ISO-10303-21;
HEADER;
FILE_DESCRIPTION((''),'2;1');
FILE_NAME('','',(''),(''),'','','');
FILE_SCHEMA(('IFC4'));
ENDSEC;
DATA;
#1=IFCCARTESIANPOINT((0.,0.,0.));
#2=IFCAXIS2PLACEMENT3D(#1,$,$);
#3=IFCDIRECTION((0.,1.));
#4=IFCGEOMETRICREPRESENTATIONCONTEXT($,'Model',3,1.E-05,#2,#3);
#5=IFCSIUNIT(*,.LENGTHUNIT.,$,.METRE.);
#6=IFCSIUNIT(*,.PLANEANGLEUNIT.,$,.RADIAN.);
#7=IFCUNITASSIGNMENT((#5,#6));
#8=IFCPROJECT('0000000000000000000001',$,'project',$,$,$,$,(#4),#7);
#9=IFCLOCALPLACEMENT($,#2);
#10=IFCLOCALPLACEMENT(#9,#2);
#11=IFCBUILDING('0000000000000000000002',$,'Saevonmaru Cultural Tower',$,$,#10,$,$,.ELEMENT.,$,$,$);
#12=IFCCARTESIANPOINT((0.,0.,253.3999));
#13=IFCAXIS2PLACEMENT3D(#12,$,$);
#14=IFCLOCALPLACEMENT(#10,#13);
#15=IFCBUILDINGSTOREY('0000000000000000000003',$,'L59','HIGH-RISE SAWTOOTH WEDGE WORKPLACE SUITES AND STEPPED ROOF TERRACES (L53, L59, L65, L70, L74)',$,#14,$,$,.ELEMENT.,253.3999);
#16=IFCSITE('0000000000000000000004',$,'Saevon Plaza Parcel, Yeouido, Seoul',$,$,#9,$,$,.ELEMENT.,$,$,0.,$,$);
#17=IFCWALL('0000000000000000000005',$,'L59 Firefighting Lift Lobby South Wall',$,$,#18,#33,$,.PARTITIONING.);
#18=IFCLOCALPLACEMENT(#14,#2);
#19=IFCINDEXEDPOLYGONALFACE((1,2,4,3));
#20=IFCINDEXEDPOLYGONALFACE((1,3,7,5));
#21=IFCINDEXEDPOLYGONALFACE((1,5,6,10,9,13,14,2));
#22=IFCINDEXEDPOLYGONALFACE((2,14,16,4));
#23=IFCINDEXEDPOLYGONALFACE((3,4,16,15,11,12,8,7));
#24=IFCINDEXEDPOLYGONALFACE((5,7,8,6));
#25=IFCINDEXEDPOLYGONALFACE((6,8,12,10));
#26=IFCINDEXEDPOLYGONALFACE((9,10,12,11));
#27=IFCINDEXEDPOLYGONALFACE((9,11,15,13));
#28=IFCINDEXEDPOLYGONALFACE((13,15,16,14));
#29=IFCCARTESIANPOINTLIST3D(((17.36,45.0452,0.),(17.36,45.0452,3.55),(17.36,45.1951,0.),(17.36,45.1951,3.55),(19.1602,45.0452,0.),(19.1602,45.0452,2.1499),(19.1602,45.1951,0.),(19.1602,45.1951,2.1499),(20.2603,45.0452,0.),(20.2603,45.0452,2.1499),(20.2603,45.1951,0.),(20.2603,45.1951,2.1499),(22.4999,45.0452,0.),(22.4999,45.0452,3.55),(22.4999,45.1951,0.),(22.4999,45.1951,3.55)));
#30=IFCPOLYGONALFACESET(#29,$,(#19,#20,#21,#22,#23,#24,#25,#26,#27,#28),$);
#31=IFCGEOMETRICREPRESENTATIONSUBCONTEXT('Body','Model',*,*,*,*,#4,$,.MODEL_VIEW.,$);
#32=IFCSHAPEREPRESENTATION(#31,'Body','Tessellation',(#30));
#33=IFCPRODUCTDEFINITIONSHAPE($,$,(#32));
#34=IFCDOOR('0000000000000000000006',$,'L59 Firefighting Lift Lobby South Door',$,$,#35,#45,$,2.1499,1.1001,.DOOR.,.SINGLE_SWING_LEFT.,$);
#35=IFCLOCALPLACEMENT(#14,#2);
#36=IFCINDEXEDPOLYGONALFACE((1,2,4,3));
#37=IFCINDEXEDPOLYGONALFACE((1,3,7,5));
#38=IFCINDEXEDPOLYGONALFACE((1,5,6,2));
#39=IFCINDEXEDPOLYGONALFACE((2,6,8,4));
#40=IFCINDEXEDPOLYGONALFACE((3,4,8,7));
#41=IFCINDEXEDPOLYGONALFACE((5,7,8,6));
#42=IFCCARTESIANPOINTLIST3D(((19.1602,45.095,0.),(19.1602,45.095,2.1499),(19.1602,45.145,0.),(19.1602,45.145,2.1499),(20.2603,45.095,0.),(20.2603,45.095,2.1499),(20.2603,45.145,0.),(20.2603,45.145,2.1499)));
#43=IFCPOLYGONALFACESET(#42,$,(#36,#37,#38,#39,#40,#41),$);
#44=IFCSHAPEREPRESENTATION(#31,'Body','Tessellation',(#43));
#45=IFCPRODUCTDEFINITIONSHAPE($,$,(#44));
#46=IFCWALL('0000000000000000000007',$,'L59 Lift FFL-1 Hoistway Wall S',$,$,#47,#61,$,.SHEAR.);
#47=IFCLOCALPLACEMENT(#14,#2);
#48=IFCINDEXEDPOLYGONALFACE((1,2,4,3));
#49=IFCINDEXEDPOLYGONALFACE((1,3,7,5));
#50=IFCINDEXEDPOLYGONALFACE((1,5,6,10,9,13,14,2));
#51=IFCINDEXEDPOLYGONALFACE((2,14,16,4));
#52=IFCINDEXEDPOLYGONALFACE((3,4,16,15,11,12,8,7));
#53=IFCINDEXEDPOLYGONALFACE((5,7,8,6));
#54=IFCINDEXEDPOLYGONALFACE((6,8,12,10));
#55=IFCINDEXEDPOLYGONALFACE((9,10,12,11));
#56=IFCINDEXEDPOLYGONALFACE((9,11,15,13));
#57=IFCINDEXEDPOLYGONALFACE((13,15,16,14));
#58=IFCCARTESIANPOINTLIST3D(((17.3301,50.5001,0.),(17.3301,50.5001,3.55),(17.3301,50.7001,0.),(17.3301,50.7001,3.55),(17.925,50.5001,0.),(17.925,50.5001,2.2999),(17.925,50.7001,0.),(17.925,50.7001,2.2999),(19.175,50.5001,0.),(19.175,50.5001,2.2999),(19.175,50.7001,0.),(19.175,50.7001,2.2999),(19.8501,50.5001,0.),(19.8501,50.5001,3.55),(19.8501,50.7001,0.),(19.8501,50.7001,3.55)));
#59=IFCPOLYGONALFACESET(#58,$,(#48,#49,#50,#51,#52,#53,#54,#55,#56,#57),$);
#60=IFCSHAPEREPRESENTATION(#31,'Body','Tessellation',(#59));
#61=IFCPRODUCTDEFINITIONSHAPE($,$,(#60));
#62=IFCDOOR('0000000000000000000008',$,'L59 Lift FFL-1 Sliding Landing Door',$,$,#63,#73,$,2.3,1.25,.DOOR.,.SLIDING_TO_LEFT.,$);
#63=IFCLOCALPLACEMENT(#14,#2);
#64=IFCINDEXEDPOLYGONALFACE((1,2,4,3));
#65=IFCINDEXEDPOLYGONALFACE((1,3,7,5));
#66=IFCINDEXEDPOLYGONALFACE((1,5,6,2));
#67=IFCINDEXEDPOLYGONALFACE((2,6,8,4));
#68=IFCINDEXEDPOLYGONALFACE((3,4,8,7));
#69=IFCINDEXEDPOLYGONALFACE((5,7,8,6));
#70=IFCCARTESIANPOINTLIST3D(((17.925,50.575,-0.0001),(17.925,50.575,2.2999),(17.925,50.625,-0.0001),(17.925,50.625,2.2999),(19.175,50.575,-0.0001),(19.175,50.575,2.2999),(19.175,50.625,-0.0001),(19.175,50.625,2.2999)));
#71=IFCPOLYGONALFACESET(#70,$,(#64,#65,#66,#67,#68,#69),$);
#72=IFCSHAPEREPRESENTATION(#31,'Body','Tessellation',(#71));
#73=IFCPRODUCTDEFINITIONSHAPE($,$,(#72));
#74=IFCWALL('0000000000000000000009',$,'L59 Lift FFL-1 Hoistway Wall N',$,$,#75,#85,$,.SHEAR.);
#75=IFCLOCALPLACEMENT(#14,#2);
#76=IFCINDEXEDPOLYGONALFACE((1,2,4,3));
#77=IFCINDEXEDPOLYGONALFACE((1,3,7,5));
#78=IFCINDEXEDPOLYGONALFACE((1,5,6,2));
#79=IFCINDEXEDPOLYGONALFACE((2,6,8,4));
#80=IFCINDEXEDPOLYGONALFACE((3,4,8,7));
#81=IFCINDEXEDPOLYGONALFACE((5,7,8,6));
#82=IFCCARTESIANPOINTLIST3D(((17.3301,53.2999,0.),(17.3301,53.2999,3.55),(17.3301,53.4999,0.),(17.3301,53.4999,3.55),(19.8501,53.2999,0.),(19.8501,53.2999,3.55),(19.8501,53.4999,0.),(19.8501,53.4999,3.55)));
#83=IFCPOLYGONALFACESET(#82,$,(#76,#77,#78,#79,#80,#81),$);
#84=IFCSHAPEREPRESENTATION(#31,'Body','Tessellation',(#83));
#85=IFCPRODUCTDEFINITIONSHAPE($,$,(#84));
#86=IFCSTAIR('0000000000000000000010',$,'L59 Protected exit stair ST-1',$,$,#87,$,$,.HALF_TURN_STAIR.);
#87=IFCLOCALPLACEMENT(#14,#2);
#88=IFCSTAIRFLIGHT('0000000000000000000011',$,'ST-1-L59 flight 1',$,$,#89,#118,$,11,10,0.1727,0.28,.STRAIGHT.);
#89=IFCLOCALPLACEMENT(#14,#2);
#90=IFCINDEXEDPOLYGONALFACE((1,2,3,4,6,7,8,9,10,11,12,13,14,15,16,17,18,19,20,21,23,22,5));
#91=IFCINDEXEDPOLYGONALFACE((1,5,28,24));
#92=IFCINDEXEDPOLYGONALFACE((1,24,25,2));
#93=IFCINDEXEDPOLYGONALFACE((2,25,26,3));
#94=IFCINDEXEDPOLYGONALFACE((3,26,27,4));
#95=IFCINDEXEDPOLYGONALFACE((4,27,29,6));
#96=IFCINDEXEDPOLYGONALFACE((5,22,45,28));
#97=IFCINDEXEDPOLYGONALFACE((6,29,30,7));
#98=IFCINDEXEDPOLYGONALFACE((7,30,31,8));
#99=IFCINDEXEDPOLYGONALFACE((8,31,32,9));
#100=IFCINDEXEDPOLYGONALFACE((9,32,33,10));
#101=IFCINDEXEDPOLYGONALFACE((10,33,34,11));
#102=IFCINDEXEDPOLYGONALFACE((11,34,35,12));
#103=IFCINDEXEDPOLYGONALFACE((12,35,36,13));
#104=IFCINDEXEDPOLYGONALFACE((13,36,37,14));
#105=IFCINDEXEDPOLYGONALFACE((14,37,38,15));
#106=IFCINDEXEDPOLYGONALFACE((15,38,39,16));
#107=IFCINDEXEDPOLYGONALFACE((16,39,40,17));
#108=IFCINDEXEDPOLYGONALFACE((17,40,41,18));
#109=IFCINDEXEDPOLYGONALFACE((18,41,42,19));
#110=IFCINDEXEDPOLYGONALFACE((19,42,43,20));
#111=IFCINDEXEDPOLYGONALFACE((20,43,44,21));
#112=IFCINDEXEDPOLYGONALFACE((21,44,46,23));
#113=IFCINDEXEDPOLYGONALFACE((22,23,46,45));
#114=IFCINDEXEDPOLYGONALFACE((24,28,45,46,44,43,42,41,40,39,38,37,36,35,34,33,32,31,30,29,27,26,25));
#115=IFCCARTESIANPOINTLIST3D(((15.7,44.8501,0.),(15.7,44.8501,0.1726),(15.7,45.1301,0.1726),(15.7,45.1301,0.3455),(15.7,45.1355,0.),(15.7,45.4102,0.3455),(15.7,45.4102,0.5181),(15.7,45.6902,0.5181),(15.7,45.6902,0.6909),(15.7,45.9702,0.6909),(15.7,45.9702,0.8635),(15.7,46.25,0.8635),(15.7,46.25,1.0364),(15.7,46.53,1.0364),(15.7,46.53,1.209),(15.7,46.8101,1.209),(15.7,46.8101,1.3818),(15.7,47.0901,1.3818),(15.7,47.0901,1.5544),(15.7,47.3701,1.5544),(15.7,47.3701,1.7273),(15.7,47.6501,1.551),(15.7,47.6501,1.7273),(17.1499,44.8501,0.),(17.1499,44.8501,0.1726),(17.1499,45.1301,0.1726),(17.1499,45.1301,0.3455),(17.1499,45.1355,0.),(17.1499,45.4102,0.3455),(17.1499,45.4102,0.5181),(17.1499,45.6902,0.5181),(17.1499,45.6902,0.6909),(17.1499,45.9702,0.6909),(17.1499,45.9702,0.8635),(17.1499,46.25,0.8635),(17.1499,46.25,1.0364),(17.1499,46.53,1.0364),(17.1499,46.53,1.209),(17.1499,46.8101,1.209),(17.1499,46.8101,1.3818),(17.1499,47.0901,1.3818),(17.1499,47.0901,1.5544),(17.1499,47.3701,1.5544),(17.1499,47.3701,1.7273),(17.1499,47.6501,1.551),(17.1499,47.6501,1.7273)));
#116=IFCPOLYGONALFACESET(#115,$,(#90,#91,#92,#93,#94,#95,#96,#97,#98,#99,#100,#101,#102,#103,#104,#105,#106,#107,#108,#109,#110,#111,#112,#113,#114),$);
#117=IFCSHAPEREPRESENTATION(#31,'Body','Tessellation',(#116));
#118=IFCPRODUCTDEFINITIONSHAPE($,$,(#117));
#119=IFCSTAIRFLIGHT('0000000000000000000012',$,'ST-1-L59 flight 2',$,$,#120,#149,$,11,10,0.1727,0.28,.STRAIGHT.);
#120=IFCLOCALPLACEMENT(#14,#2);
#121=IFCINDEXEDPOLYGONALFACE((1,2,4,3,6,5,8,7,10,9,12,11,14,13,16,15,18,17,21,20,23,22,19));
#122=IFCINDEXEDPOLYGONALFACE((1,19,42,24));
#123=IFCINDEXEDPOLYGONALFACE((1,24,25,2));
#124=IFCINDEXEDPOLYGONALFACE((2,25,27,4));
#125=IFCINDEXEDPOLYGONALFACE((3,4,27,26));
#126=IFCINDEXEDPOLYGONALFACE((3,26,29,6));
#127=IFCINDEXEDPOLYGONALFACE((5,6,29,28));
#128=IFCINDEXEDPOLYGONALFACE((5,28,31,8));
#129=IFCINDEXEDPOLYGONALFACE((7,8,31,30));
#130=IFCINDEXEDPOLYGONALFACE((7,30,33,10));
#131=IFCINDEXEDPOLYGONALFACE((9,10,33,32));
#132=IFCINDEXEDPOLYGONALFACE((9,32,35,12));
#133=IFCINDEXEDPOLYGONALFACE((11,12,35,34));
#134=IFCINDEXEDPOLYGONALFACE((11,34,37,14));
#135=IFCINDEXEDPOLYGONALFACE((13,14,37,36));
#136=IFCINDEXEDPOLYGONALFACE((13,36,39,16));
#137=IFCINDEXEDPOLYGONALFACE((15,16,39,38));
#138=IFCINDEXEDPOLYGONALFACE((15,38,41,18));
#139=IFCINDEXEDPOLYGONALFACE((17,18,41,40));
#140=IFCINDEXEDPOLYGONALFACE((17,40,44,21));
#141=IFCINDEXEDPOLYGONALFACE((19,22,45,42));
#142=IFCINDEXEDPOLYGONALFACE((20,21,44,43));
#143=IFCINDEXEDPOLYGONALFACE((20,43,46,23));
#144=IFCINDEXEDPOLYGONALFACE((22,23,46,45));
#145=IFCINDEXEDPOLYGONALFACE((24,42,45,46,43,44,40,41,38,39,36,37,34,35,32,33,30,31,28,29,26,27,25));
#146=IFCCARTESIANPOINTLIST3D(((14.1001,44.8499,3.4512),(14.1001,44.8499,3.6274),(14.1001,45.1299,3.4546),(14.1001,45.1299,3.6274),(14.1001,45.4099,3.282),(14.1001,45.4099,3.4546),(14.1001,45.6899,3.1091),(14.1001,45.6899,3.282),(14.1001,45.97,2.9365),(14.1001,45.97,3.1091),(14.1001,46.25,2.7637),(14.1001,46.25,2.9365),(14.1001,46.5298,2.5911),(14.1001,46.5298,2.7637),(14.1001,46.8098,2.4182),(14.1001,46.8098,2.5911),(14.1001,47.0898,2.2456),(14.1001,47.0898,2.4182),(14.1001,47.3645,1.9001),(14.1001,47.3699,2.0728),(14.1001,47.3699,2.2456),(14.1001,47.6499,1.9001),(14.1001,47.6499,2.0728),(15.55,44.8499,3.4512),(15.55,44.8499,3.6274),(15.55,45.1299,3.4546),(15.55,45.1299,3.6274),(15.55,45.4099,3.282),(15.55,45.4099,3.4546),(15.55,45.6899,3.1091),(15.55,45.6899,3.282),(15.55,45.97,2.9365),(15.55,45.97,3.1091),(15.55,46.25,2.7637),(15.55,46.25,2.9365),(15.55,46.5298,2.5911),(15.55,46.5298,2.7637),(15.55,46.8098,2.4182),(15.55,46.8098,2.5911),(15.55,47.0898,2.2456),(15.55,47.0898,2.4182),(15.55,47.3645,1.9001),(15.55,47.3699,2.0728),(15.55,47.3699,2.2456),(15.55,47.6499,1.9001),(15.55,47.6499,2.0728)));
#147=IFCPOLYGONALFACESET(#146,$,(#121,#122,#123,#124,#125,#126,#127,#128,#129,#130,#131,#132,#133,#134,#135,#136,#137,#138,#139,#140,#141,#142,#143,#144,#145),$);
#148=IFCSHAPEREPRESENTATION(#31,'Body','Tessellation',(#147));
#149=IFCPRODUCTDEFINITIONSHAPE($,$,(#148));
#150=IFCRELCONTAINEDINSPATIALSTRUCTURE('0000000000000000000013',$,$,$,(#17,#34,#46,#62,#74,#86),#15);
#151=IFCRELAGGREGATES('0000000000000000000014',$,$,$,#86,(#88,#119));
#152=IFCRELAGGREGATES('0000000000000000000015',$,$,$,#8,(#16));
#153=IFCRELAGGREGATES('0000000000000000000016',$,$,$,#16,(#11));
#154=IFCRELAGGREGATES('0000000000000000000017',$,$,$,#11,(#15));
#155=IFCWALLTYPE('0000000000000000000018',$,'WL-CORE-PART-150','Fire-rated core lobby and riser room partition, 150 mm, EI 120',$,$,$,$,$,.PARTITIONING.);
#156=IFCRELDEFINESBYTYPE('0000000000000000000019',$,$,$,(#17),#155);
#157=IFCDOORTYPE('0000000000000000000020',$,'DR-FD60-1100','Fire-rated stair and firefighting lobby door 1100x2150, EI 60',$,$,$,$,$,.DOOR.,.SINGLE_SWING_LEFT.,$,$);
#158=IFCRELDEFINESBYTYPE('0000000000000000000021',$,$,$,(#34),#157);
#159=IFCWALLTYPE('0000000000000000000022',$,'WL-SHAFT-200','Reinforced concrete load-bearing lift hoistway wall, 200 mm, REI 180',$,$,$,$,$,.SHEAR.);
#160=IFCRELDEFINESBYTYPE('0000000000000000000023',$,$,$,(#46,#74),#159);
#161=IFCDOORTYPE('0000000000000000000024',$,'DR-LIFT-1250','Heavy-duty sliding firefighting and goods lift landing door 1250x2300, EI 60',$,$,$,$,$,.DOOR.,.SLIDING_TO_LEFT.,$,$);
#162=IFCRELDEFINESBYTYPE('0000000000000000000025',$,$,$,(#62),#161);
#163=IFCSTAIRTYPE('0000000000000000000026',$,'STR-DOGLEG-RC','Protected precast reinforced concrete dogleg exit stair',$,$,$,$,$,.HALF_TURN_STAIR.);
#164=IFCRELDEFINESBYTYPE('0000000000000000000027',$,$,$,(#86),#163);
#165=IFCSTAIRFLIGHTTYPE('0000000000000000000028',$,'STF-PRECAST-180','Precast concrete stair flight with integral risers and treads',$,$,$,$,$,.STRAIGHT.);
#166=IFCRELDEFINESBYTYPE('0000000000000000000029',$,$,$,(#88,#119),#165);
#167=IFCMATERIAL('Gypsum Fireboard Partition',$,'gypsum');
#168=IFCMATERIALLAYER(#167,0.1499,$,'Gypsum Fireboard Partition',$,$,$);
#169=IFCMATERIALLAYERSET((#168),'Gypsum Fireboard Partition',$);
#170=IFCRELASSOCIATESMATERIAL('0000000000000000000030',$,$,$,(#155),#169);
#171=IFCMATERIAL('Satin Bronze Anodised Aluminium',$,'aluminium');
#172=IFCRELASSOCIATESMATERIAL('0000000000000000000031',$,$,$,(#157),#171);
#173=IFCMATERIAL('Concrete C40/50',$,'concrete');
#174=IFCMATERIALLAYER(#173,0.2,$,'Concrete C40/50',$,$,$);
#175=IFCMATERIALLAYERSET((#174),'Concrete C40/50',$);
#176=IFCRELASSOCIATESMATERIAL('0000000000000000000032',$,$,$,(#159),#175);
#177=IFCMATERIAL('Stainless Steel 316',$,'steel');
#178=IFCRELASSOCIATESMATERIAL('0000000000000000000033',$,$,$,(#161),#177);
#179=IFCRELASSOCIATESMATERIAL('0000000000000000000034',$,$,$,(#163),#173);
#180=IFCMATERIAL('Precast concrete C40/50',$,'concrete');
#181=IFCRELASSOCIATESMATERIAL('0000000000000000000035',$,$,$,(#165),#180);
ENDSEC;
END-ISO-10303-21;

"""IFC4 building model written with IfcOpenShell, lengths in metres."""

from ifc_helpers import new_model, si_unit, direction, frame, frame_2d, origin, place, context, subcontext, project, spatial, polyline, rectangle, outline, extrude, material, layer, layer_set, type_object, element, fill, aggregate, save


model = new_model("IFC4")

# Units and contexts
model_context = context("Model", 3, precision=1e-05, world=origin(), true_north=direction((0.0, 1.0)))
body_context = subcontext(model_context, "Body", "Model", "MODEL_VIEW")
ifc_project = project(units=[si_unit("LENGTHUNIT", "METRE"), si_unit("PLANEANGLEUNIT", "RADIAN")], contexts=[model_context])

# Site, building, storey
site_placement = place(None, origin())
site = spatial("IfcSite", under=ifc_project, at=site_placement, Name="Saevon Plaza Parcel, Yeouido, Seoul", CompositionType="ELEMENT", RefElevation=0.0)
building_placement = place(site_placement, origin())
building = spatial("IfcBuilding", under=site, at=building_placement, Name="Saevonmaru Cultural Tower", CompositionType="ELEMENT")
storey_placement = place(building_placement, frame((0.0, 0.0, 253.3999)))
storey = spatial("IfcBuildingStorey", under=building, at=storey_placement, Name="L59", Description="HIGH-RISE SAWTOOTH WEDGE WORKPLACE SUITES AND STEPPED ROOF TERRACES (L53, L59, L65, L70, L74)", CompositionType="ELEMENT", Elevation=253.3999)

# Shared definitions
ifc_material_1 = material(Name="Satin Bronze Anodised Aluminium", Category="aluminium")

# Walls, openings, doors
ifc_material_2 = material(Name="Gypsum Fireboard Partition", Category="gypsum")
ifc_layer_1 = layer(ifc_material_2, 0.1499, Name="Gypsum Fireboard Partition")
ifc_layer_set_1 = layer_set([ifc_layer_1], Name="Gypsum Fireboard Partition")
wall_type_1 = type_object("IfcWallType", Name="WL-CORE-PART-150", Description="Fire-rated core lobby and riser room partition, 150 mm, EI 120", PredefinedType="PARTITIONING", material=ifc_layer_set_1)
wall_1_placement = place(storey_placement, frame((17.3601, 45.1201, 0.0), z_axis=(0.0, 0.0, 1.0), x_axis=(1.0, 0.0, 0.0)))
wall_1 = element("IfcWall", 1, at=wall_1_placement, inside=storey, type_object=wall_type_1, Name="L59 Firefighting Lift Lobby South Wall", PredefinedType="PARTITIONING", context=body_context, shape_type="SweptSolid", body=[
    extrude(rectangle(XDim=5.1399, YDim=0.1499, at=frame_2d((2.5698, 0.0))), origin(), (0.0, 0.0, 1.0), 3.55),
])
opening_1_placement = place(wall_1_placement, frame((1.8, 0.0, 0.0)))
opening_1 = element("IfcOpeningElement", 2, at=opening_1_placement, cuts=wall_1, PredefinedType="OPENING", context=body_context, shape_type="SweptSolid", body=[
    extrude(rectangle(XDim=1.1001, YDim=2.1499, at=frame_2d((0.55, 1.075))), frame((0.0, 0.085, 0.0), z_axis=(0.0, -1.0, 0.0), x_axis=(1.0, 0.0, 0.0)), (0.0, 0.0, 1.0), 0.1699),
])
door_type_1 = type_object("IfcDoorType", Name="DR-FD60-1100", Description="Fire-rated stair and firefighting lobby door 1100x2150, EI 60", OperationType="SINGLE_SWING_LEFT", PredefinedType="DOOR", material=ifc_material_1)
door_1_placement = place(opening_1_placement, origin())
door_1 = element("IfcDoor", 3, at=door_1_placement, inside=storey, type_object=door_type_1, Name="L59 Firefighting Lift Lobby South Door", OperationType="SINGLE_SWING_LEFT", OverallHeight=2.1499, OverallWidth=1.1001, PredefinedType="DOOR", context=body_context, shape_type="SweptSolid", body=[
    extrude(rectangle(XDim=1.1001, YDim=2.1499, at=frame_2d((0.55, 1.075))), frame((0.0, 0.0249, 0.0), z_axis=(0.0, -1.0, 0.0), x_axis=(1.0, 0.0, 0.0)), (0.0, 0.0, 1.0), 0.05),
])
fill(opening_1, door_1)
ifc_material_3 = material(Name="Concrete C40/50", Category="concrete")
ifc_layer_2 = layer(ifc_material_3, 0.2, Name="Concrete C40/50")
ifc_layer_set_2 = layer_set([ifc_layer_2], Name="Concrete C40/50")
wall_type_2 = type_object("IfcWallType", Name="WL-SHAFT-200", Description="Reinforced concrete load-bearing lift hoistway wall, 200 mm, REI 180", PredefinedType="SHEAR", material=ifc_layer_set_2)
wall_2_placement = place(storey_placement, frame((17.3301, 50.6001, 0.0), z_axis=(0.0, 0.0, 1.0), x_axis=(1.0, 0.0, 0.0)))
wall_2 = element("IfcWall", 4, at=wall_2_placement, inside=storey, type_object=wall_type_2, Name="L59 Lift FFL-1 Hoistway Wall S", PredefinedType="SHEAR", context=body_context, shape_type="SweptSolid", body=[
    extrude(rectangle(XDim=2.52, YDim=0.2, at=frame_2d((1.26, 0.0))), origin(), (0.0, 0.0, 1.0), 3.55),
])
opening_2_placement = place(wall_2_placement, frame((0.595, 0.0, 0.0)))
opening_2 = element("IfcOpeningElement", 5, at=opening_2_placement, cuts=wall_2, PredefinedType="OPENING", context=body_context, shape_type="SweptSolid", body=[
    extrude(rectangle(XDim=1.25, YDim=2.3, at=frame_2d((0.625, 1.1499))), frame((0.0, 0.1099, 0.0), z_axis=(0.0, -1.0, 0.0), x_axis=(1.0, 0.0, 0.0)), (0.0, 0.0, 1.0), 0.22),
])
ifc_material_4 = material(Name="Stainless Steel 316", Category="steel")
door_type_2 = type_object("IfcDoorType", Name="DR-LIFT-1250", Description="Heavy-duty sliding firefighting and goods lift landing door 1250x2300, EI 60", OperationType="SLIDING_TO_LEFT", PredefinedType="DOOR", material=ifc_material_4)
door_2_placement = place(opening_2_placement, origin())
door_2 = element("IfcDoor", 6, at=door_2_placement, inside=storey, type_object=door_type_2, Name="L59 Lift FFL-1 Sliding Landing Door", OperationType="SLIDING_TO_LEFT", OverallHeight=2.3, OverallWidth=1.25, PredefinedType="DOOR", context=body_context, shape_type="SweptSolid", body=[
    extrude(rectangle(XDim=1.25, YDim=2.3, at=frame_2d((0.625, 1.1499))), frame((0.0, 0.0249, 0.0), z_axis=(0.0, -1.0, 0.0), x_axis=(1.0, 0.0, 0.0)), (0.0, 0.0, 1.0), 0.05),
])
fill(opening_2, door_2)

# Wall
wall_3_placement = place(storey_placement, frame((17.3301, 53.3999, 0.0), z_axis=(0.0, 0.0, 1.0), x_axis=(1.0, 0.0, 0.0)))
element("IfcWall", 7, at=wall_3_placement, inside=storey, type_object=wall_type_2, Name="L59 Lift FFL-1 Hoistway Wall N", PredefinedType="SHEAR", context=body_context, shape_type="SweptSolid", body=[
    extrude(rectangle(XDim=2.52, YDim=0.2, at=frame_2d((1.26, 0.0))), origin(), (0.0, 0.0, 1.0), 3.55),
])

# Stair, stair flights
stair_type = type_object("IfcStairType", Name="STR-DOGLEG-RC", Description="Protected precast reinforced concrete dogleg exit stair", PredefinedType="HALF_TURN_STAIR", material=ifc_material_3)
stair_placement = place(storey_placement, origin())
stair = element("IfcStair", 8, at=stair_placement, inside=storey, type_object=stair_type, Name="L59 Protected exit stair ST-1", PredefinedType="HALF_TURN_STAIR")
ifc_material_5 = material(Name="Precast concrete C40/50", Category="concrete")
stair_flight_type = type_object("IfcStairFlightType", Name="STF-PRECAST-180", Description="Precast concrete stair flight with integral risers and treads", PredefinedType="STRAIGHT", material=ifc_material_5)
stair_flight_1_placement = place(storey_placement, frame((16.425, 44.8501, 0.0), z_axis=(0.0, 0.0, 1.0), x_axis=(0.0, 1.0, 0.0)))
stair_flight_1 = element("IfcStairFlight", 9, at=stair_flight_1_placement, type_object=stair_flight_type, Name="ST-1-L59 flight 1", NumberOfRisers=11, NumberOfTreads=10, PredefinedType="STRAIGHT", RiserHeight=0.1727, TreadLength=0.28, context=body_context, shape_type="SweptSolid", body=[
    extrude(outline(polyline([(0.0, 0.0), (0.0, 0.1726), (0.28, 0.1726), (0.28, 0.3455), (0.5601, 0.3455), (0.5601, 0.5181), (0.8401, 0.5181), (0.8401, 0.6909), (1.1201, 0.6909), (1.1201, 0.8635), (1.3999, 0.8635), (1.3999, 1.0364), (1.6799, 1.0364), (1.6799, 1.209), (1.96, 1.209), (1.96, 1.3818), (2.24, 1.3818), (2.24, 1.5544), (2.52, 1.5544), (2.52, 1.7273), (2.8, 1.7273), (2.8, 1.8999), (2.8, 1.551), (0.2854, 0.0), (0.0, 0.0)])), frame((0.0, 0.7251, 0.0), z_axis=(0.0, -1.0, 0.0), x_axis=(1.0, 0.0, 0.0)), (0.0, 0.0, 1.0), 1.45),
])
stair_flight_2_placement = place(storey_placement, frame((14.825, 47.6499, 1.9001), z_axis=(0.0, 0.0, 1.0), x_axis=(0.0, -1.0, 0.0)))
stair_flight_2 = element("IfcStairFlight", 10, at=stair_flight_2_placement, type_object=stair_flight_type, Name="ST-1-L59 flight 2", NumberOfRisers=11, NumberOfTreads=10, PredefinedType="STRAIGHT", RiserHeight=0.1727, TreadLength=0.28, context=body_context, shape_type="SweptSolid", body=[
    extrude(outline(polyline([(0.0, 0.0), (0.0, 0.1726), (0.28, 0.1726), (0.28, 0.3455), (0.5601, 0.3455), (0.5601, 0.5181), (0.8401, 0.5181), (0.8401, 0.6909), (1.1201, 0.6909), (1.1201, 0.8635), (1.3999, 0.8635), (1.3999, 1.0364), (1.6799, 1.0364), (1.6799, 1.209), (1.96, 1.209), (1.96, 1.3818), (2.24, 1.3818), (2.24, 1.5544), (2.52, 1.5544), (2.52, 1.7273), (2.8, 1.7273), (2.8, 1.8999), (2.8, 1.551), (0.2854, 0.0), (0.0, 0.0)])), frame((0.0, 0.7251, 0.0), z_axis=(0.0, -1.0, 0.0), x_axis=(1.0, 0.0, 0.0)), (0.0, 0.0, 1.0), 1.45),
])
aggregate(stair, [stair_flight_1, stair_flight_2])

save(model, "model.ifc")
